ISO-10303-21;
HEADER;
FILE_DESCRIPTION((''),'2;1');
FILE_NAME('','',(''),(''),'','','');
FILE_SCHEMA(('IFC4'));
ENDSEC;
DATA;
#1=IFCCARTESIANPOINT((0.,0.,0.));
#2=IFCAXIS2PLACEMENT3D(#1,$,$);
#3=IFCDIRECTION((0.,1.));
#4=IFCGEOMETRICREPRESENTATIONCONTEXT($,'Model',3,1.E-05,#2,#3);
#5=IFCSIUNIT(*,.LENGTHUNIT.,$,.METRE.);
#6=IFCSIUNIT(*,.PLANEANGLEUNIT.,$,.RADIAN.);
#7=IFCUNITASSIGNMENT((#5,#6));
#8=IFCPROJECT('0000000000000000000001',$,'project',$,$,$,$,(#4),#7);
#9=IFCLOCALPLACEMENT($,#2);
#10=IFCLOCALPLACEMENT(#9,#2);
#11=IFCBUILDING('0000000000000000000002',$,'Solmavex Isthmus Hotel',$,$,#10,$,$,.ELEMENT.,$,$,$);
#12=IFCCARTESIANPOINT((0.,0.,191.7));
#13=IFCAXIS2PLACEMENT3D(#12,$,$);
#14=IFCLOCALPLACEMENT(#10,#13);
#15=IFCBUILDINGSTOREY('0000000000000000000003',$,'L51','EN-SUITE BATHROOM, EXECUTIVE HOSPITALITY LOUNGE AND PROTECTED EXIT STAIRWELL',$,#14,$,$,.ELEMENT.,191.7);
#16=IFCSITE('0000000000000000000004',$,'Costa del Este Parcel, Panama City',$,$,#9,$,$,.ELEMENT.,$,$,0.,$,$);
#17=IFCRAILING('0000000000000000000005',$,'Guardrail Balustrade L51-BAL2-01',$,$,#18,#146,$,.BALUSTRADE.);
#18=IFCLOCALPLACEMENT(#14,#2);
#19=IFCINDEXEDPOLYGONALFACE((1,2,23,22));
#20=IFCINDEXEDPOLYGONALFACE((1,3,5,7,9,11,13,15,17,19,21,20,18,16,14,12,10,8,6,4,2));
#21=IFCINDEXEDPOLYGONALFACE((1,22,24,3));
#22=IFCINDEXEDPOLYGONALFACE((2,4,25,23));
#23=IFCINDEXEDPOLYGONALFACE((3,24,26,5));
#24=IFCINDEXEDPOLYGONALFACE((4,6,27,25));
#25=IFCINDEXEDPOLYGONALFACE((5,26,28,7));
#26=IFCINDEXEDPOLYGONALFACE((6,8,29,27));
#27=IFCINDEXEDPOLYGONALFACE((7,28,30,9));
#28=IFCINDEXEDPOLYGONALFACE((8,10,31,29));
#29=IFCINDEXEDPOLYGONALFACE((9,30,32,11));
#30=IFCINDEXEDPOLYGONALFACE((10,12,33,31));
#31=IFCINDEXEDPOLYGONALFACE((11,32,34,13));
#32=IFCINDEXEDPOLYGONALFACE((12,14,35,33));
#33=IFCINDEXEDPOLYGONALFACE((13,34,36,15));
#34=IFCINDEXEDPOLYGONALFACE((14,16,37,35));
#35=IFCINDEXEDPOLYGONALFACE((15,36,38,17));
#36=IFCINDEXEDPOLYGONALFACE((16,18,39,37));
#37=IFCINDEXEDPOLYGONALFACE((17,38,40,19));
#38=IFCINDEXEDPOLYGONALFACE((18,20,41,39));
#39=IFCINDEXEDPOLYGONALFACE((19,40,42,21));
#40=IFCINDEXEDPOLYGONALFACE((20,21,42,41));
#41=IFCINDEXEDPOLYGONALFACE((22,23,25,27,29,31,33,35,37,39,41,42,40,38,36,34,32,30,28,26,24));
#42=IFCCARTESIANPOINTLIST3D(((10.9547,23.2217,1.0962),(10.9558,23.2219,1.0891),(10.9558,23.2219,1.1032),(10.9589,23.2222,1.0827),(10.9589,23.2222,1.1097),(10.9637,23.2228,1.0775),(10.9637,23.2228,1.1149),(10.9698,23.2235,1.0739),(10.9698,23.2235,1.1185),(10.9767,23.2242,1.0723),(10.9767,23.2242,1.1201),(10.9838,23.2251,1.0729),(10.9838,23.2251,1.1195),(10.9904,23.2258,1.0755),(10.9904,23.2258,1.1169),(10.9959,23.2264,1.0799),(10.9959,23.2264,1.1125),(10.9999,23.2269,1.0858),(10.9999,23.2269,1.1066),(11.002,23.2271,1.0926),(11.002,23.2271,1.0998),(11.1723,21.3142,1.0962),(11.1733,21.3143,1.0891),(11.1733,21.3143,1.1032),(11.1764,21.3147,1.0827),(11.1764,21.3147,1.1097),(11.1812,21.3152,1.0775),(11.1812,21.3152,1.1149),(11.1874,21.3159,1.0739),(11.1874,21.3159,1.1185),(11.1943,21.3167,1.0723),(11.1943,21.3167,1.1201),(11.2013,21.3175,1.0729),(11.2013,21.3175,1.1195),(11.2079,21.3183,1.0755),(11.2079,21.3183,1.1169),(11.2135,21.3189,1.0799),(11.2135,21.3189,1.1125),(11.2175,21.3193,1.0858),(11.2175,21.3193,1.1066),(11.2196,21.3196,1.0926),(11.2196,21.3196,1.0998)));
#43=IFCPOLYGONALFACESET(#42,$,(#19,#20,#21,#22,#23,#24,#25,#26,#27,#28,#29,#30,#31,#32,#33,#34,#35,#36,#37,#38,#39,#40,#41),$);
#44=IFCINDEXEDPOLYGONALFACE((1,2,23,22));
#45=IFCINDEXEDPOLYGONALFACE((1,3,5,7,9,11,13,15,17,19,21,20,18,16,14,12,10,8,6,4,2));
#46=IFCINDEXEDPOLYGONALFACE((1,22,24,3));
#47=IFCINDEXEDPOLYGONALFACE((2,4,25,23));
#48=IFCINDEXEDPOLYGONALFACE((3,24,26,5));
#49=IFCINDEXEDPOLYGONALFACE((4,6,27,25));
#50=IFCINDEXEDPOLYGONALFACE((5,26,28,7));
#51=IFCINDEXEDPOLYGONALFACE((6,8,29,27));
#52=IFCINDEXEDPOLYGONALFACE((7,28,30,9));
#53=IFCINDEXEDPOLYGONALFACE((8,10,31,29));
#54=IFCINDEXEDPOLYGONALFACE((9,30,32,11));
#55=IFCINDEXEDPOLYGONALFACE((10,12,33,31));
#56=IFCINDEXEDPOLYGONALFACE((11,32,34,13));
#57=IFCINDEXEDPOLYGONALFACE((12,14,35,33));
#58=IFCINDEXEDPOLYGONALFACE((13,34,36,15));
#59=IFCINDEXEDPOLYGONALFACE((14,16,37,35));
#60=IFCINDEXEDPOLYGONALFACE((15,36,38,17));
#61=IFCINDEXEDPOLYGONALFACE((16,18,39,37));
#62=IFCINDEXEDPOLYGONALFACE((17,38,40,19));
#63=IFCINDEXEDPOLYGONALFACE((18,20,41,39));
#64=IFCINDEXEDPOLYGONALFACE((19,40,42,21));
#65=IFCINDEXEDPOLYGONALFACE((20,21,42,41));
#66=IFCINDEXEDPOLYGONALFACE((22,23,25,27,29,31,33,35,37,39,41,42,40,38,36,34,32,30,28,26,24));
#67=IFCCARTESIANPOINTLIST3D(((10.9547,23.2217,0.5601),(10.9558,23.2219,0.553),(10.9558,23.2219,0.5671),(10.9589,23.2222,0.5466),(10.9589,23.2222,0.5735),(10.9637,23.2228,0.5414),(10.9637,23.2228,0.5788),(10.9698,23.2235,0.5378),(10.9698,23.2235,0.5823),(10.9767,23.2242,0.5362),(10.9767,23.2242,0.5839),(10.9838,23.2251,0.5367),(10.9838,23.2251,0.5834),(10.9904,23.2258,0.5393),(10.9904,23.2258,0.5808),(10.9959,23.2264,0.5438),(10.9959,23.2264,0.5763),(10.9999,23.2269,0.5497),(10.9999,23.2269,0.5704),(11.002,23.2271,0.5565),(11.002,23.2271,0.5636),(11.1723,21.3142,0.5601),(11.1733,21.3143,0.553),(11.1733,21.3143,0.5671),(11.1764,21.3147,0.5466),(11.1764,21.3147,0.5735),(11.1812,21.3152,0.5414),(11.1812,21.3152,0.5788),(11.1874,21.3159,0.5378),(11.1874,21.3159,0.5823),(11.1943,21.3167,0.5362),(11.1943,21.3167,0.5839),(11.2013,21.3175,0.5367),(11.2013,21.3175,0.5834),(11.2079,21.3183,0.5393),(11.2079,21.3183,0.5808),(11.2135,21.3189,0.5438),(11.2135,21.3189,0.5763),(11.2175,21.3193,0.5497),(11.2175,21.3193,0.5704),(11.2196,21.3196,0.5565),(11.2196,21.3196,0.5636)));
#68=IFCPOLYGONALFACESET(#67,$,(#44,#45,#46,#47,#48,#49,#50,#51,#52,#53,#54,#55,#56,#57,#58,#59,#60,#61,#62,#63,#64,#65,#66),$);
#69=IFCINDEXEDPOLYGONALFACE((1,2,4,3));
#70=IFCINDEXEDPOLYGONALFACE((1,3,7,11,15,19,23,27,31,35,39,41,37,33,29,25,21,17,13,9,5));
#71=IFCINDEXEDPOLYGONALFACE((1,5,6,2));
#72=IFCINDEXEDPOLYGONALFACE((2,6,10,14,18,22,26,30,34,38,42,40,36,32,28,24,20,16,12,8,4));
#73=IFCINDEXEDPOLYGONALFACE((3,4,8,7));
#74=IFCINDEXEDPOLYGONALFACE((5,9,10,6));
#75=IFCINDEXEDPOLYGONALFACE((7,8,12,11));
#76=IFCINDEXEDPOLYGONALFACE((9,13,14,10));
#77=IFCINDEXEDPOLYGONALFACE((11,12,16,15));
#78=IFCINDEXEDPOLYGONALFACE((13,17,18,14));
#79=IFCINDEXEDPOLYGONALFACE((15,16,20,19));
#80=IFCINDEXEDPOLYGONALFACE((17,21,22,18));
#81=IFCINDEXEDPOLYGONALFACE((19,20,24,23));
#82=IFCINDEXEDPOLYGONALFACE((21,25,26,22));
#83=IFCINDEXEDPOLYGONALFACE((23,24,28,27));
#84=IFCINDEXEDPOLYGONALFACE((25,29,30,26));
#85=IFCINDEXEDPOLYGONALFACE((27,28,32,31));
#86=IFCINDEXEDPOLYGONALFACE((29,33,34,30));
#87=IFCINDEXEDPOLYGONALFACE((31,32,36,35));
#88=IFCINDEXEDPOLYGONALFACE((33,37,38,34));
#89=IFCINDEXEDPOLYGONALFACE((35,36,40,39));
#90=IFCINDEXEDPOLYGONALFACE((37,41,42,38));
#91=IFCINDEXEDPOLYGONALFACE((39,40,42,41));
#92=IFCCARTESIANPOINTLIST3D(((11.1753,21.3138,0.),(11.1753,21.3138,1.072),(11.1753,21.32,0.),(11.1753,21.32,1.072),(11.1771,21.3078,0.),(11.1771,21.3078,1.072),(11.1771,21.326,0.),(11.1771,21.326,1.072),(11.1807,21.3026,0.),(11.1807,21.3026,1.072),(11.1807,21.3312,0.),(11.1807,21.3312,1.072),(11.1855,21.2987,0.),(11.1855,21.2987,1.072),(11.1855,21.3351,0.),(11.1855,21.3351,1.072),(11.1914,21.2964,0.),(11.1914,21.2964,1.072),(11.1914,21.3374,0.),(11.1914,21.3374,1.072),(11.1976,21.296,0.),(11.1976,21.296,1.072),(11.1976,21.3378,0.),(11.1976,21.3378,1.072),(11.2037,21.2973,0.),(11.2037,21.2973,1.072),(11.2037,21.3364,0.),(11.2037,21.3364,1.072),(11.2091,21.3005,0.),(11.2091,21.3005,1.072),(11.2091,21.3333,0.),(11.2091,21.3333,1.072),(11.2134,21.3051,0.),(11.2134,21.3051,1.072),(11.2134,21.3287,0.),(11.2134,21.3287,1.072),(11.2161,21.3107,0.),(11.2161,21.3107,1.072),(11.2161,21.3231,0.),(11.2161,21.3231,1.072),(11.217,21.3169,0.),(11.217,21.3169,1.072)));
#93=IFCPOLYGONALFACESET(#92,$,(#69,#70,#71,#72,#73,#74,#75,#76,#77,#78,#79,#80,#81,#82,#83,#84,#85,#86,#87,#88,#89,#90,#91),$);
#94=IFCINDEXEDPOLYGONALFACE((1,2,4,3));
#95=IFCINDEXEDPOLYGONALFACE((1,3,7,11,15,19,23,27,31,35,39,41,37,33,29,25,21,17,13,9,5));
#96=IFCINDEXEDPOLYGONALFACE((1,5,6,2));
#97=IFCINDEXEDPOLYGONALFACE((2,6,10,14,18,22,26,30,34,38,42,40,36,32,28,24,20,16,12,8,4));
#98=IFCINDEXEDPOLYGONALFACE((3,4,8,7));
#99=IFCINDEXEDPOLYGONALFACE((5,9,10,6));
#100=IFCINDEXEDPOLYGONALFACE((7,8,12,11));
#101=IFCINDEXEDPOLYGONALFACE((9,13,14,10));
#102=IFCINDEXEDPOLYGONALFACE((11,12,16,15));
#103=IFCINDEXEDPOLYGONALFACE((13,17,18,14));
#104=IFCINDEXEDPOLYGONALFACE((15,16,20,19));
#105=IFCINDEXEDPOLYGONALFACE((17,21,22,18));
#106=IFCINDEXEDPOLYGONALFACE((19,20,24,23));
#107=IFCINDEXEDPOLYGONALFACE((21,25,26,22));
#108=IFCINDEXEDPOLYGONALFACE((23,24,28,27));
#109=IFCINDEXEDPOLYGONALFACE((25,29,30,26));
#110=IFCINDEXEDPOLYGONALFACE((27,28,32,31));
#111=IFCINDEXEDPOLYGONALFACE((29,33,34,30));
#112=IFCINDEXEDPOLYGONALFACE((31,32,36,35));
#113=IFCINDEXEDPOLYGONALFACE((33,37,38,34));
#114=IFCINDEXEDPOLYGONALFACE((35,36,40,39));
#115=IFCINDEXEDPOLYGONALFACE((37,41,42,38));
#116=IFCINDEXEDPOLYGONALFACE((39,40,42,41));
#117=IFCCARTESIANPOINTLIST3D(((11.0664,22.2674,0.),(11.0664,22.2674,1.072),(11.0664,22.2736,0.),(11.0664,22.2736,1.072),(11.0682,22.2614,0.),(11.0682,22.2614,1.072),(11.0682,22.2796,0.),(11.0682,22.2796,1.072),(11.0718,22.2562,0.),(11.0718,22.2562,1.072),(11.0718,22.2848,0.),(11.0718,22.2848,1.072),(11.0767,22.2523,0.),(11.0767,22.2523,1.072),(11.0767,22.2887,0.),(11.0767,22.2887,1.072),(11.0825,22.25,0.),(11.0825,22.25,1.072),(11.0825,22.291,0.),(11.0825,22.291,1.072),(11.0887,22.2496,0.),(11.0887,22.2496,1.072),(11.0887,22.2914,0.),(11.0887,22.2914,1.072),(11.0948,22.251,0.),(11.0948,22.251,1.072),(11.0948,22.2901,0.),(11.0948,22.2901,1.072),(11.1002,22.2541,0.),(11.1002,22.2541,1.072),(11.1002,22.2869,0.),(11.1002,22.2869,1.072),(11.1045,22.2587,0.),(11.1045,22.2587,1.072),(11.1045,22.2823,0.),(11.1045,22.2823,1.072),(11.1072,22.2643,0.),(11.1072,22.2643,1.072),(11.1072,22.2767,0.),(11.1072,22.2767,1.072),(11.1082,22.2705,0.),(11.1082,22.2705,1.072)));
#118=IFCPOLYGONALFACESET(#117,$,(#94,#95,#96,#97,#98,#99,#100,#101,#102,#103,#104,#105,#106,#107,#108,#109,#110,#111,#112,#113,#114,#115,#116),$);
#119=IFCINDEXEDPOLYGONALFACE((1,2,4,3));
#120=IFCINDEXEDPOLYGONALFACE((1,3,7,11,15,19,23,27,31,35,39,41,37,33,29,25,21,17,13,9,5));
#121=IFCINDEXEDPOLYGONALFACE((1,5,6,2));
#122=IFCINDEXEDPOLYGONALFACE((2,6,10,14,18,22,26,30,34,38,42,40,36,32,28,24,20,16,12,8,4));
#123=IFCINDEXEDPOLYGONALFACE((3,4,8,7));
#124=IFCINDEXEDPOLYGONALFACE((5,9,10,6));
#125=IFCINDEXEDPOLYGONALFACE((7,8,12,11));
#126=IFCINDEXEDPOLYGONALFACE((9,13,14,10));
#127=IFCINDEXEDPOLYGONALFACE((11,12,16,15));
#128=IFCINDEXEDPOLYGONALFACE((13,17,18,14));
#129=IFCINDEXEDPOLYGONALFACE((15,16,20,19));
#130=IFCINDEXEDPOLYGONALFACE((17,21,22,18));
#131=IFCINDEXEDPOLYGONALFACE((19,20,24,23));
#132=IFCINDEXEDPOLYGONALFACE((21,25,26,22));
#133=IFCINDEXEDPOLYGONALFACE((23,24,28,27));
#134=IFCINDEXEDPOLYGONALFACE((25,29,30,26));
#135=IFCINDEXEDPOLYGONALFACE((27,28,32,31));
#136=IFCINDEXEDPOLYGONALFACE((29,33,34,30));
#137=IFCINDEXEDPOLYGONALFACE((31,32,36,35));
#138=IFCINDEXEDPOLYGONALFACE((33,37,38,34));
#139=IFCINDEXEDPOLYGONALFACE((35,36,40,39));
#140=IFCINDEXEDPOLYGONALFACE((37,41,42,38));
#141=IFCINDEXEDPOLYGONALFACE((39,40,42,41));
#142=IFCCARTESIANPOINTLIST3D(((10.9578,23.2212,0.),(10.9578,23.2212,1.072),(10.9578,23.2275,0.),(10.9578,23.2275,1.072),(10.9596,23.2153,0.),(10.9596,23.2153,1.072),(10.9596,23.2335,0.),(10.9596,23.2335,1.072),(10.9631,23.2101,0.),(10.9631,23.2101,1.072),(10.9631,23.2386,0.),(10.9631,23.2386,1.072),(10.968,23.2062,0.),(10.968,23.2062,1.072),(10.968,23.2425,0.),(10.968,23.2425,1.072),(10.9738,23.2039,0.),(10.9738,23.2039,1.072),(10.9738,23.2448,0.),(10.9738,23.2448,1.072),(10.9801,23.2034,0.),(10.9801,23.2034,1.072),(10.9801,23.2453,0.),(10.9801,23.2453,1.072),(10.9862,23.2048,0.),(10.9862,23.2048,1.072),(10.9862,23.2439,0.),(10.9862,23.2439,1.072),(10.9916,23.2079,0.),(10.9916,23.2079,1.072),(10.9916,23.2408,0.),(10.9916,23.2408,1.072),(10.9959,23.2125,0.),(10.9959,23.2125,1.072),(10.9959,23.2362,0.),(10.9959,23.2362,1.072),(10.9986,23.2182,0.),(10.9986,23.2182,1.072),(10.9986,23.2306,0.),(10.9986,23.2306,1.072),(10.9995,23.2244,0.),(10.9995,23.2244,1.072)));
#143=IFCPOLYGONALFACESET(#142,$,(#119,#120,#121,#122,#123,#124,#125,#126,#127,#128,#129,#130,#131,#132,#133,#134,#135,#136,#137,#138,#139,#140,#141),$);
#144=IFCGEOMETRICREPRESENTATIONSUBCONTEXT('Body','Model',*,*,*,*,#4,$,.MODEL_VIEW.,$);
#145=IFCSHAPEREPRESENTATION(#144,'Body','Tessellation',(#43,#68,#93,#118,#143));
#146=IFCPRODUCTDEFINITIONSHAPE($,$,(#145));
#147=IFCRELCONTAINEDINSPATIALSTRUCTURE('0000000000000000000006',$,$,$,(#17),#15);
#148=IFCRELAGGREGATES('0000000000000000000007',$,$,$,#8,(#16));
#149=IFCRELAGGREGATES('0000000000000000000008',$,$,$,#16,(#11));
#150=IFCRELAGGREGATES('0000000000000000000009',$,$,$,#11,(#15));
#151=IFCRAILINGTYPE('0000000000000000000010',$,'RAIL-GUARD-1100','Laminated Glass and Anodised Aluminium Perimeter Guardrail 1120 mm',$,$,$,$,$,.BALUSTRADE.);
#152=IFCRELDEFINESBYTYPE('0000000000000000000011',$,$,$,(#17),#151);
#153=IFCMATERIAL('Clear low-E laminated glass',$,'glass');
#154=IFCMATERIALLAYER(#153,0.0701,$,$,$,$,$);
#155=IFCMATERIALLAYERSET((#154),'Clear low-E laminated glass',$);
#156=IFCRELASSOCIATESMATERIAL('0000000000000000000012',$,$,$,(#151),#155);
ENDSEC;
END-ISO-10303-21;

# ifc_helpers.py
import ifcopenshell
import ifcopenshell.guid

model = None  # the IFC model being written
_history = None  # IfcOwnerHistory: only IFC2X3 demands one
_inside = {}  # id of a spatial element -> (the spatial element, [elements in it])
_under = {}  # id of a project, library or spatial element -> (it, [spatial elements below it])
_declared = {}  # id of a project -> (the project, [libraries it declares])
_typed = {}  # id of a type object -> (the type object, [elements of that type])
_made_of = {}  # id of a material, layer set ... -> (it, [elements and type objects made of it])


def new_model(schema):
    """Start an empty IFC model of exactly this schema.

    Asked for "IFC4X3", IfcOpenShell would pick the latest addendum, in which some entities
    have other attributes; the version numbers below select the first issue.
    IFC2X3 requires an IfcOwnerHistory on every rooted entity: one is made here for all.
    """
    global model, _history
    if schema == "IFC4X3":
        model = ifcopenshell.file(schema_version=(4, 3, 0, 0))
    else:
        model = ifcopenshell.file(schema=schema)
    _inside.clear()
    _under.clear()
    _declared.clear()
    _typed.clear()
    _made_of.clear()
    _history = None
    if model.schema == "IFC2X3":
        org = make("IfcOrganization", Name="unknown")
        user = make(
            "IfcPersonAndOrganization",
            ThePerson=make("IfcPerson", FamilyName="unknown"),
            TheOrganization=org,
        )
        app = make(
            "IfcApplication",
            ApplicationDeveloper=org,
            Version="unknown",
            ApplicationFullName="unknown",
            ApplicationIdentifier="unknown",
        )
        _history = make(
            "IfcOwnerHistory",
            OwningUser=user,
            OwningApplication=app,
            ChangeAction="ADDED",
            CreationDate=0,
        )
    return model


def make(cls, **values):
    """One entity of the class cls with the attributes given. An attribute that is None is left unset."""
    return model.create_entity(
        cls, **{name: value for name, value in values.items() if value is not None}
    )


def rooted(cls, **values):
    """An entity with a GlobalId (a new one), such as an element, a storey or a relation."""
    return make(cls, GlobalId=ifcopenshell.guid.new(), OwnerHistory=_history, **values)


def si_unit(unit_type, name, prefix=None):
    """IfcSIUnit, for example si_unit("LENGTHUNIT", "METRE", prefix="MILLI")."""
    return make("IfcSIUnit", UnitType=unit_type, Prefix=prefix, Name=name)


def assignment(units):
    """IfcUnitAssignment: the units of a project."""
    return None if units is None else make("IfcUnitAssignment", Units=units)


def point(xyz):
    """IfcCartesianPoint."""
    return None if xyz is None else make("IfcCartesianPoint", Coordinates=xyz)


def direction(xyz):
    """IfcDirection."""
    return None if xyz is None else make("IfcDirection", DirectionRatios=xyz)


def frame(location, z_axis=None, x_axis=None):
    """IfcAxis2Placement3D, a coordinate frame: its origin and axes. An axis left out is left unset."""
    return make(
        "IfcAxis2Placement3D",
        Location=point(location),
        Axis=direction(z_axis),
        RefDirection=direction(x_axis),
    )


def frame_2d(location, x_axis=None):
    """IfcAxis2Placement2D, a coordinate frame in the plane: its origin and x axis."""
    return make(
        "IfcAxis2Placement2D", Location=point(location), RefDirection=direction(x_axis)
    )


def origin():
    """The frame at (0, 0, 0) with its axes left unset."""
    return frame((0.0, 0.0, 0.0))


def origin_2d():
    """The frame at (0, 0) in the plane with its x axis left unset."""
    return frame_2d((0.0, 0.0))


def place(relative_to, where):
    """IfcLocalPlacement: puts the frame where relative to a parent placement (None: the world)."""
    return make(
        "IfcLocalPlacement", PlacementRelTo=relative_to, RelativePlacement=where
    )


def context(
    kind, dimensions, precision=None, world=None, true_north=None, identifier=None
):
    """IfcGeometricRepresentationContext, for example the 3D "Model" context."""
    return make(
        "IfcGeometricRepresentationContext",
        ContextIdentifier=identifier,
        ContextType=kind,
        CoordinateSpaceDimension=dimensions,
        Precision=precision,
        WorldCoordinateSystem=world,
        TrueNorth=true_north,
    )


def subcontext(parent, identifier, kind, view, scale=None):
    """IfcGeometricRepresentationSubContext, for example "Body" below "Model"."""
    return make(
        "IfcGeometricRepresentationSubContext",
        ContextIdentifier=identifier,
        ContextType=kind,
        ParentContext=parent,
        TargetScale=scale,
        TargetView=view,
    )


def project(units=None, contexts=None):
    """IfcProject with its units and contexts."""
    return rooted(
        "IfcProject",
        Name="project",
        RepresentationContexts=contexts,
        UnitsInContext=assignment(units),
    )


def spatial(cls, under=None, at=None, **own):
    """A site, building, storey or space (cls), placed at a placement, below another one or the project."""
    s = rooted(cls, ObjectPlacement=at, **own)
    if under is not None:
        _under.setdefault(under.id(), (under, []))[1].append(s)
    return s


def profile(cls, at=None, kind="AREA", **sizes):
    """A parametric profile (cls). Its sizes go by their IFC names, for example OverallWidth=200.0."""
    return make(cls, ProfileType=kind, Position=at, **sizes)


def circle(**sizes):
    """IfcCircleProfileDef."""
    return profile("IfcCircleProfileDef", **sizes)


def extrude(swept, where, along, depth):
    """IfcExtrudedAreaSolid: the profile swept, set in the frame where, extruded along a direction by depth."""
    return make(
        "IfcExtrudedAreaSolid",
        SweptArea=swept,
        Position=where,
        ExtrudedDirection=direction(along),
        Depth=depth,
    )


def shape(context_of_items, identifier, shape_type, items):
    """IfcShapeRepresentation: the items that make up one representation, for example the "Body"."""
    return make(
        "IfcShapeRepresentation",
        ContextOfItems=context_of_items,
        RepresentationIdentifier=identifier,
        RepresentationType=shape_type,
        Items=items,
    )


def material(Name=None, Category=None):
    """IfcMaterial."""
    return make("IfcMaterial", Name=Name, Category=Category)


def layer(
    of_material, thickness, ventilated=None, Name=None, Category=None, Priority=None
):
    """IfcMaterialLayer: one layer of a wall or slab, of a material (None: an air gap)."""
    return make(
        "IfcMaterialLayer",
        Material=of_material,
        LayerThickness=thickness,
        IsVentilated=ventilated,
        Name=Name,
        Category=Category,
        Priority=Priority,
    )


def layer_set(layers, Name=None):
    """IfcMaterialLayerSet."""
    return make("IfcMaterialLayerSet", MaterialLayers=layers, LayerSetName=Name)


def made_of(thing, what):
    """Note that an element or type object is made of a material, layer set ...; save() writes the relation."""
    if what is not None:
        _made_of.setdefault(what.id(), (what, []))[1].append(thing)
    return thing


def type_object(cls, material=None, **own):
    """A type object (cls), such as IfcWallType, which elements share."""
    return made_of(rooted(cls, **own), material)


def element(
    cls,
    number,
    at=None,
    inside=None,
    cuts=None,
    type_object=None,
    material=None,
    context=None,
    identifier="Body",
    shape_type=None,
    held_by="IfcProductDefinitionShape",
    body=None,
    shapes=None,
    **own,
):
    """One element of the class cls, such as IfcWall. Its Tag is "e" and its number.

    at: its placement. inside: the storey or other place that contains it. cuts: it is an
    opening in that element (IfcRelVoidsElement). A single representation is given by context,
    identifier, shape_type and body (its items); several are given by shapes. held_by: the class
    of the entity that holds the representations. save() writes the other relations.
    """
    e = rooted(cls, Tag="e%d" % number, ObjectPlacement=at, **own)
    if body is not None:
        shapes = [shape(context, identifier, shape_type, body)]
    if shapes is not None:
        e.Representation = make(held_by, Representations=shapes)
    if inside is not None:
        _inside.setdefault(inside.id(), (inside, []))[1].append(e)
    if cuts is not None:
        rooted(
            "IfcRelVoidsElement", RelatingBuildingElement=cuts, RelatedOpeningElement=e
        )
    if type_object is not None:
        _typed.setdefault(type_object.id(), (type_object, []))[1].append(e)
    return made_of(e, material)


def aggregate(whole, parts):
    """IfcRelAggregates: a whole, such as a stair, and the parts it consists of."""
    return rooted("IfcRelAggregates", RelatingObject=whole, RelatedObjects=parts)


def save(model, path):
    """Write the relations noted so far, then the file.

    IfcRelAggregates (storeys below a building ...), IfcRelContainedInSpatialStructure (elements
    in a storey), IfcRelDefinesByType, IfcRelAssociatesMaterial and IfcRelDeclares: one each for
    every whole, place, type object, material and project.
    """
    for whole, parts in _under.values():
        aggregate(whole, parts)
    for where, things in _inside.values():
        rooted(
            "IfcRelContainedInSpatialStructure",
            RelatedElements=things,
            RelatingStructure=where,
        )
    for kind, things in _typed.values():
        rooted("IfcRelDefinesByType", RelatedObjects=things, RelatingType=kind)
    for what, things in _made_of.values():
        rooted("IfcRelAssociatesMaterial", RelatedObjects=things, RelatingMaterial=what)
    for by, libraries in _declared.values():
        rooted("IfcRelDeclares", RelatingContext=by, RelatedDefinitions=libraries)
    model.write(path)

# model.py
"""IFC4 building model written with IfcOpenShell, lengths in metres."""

from ifc_helpers import new_model, si_unit, direction, frame, origin, origin_2d, place, context, subcontext, project, spatial, circle, extrude, material, layer, layer_set, type_object, element, save


model = new_model("IFC4")

# Units and contexts
model_context = context("Model", 3, precision=1e-05, world=origin(), true_north=direction((0.0, 1.0)))
body_context = subcontext(model_context, "Body", "Model", "MODEL_VIEW")
ifc_project = project(units=[si_unit("LENGTHUNIT", "METRE"), si_unit("PLANEANGLEUNIT", "RADIAN")], contexts=[model_context])

# Site, building, storey
site_placement = place(None, origin())
site = spatial("IfcSite", under=ifc_project, at=site_placement, Name="Costa del Este Parcel, Panama City", CompositionType="ELEMENT", RefElevation=0.0)
building_placement = place(site_placement, origin())
building = spatial("IfcBuilding", under=site, at=building_placement, Name="Solmavex Isthmus Hotel", CompositionType="ELEMENT")
storey_placement = place(building_placement, frame((0.0, 0.0, 191.7)))
storey = spatial("IfcBuildingStorey", under=building, at=storey_placement, Name="L51", Description="EN-SUITE BATHROOM, EXECUTIVE HOSPITALITY LOUNGE AND PROTECTED EXIT STAIRWELL", CompositionType="ELEMENT", Elevation=191.7)

# Shared definitions
ifc_material_1 = material(Name="Clear low-E laminated glass", Category="glass")

# Railing
ifc_layer_1 = layer(ifc_material_1, 0.0701)
ifc_layer_set_1 = layer_set([ifc_layer_1], Name="Clear low-E laminated glass")
railing_type = type_object("IfcRailingType", Name="RAIL-GUARD-1100", Description="Laminated Glass and Anodised Aluminium Perimeter Guardrail 1120 mm", PredefinedType="BALUSTRADE", material=ifc_layer_set_1)
railing_1_placement = place(storey_placement, frame((11.196, 21.3169, 0.0)))
element("IfcRailing", 1, at=railing_1_placement, inside=storey, type_object=railing_type, Name="Guardrail Balustrade L51-BAL2-01", PredefinedType="BALUSTRADE", context=body_context, shape_type="SweptSolid", body=[
    extrude(circle(Radius=0.0239, at=origin_2d()), frame((0.0, 0.0, 1.0962), z_axis=(-0.113306, 0.99356, 0.0), x_axis=(-0.99356, -0.113306, 0.0)), (0.0, 0.0, 1.0), 1.9199),
    extrude(circle(Radius=0.0239, at=origin_2d()), frame((0.0, 0.0, 0.5601), z_axis=(-0.113306, 0.99356, 0.0), x_axis=(-0.99356, -0.113306, 0.0)), (0.0, 0.0, 1.0), 1.9199),
    extrude(circle(Radius=0.021, at=origin_2d()), origin(), (0.0, 0.0, 1.0), 1.072),
    extrude(circle(Radius=0.021, at=origin_2d()), frame((-0.1089, 0.9536, 0.0)), (0.0, 0.0, 1.0), 1.072),
    extrude(circle(Radius=0.021, at=origin_2d()), frame((-0.2175, 1.9075, 0.0)), (0.0, 0.0, 1.0), 1.072),
])

save(model, "model.ifc")
